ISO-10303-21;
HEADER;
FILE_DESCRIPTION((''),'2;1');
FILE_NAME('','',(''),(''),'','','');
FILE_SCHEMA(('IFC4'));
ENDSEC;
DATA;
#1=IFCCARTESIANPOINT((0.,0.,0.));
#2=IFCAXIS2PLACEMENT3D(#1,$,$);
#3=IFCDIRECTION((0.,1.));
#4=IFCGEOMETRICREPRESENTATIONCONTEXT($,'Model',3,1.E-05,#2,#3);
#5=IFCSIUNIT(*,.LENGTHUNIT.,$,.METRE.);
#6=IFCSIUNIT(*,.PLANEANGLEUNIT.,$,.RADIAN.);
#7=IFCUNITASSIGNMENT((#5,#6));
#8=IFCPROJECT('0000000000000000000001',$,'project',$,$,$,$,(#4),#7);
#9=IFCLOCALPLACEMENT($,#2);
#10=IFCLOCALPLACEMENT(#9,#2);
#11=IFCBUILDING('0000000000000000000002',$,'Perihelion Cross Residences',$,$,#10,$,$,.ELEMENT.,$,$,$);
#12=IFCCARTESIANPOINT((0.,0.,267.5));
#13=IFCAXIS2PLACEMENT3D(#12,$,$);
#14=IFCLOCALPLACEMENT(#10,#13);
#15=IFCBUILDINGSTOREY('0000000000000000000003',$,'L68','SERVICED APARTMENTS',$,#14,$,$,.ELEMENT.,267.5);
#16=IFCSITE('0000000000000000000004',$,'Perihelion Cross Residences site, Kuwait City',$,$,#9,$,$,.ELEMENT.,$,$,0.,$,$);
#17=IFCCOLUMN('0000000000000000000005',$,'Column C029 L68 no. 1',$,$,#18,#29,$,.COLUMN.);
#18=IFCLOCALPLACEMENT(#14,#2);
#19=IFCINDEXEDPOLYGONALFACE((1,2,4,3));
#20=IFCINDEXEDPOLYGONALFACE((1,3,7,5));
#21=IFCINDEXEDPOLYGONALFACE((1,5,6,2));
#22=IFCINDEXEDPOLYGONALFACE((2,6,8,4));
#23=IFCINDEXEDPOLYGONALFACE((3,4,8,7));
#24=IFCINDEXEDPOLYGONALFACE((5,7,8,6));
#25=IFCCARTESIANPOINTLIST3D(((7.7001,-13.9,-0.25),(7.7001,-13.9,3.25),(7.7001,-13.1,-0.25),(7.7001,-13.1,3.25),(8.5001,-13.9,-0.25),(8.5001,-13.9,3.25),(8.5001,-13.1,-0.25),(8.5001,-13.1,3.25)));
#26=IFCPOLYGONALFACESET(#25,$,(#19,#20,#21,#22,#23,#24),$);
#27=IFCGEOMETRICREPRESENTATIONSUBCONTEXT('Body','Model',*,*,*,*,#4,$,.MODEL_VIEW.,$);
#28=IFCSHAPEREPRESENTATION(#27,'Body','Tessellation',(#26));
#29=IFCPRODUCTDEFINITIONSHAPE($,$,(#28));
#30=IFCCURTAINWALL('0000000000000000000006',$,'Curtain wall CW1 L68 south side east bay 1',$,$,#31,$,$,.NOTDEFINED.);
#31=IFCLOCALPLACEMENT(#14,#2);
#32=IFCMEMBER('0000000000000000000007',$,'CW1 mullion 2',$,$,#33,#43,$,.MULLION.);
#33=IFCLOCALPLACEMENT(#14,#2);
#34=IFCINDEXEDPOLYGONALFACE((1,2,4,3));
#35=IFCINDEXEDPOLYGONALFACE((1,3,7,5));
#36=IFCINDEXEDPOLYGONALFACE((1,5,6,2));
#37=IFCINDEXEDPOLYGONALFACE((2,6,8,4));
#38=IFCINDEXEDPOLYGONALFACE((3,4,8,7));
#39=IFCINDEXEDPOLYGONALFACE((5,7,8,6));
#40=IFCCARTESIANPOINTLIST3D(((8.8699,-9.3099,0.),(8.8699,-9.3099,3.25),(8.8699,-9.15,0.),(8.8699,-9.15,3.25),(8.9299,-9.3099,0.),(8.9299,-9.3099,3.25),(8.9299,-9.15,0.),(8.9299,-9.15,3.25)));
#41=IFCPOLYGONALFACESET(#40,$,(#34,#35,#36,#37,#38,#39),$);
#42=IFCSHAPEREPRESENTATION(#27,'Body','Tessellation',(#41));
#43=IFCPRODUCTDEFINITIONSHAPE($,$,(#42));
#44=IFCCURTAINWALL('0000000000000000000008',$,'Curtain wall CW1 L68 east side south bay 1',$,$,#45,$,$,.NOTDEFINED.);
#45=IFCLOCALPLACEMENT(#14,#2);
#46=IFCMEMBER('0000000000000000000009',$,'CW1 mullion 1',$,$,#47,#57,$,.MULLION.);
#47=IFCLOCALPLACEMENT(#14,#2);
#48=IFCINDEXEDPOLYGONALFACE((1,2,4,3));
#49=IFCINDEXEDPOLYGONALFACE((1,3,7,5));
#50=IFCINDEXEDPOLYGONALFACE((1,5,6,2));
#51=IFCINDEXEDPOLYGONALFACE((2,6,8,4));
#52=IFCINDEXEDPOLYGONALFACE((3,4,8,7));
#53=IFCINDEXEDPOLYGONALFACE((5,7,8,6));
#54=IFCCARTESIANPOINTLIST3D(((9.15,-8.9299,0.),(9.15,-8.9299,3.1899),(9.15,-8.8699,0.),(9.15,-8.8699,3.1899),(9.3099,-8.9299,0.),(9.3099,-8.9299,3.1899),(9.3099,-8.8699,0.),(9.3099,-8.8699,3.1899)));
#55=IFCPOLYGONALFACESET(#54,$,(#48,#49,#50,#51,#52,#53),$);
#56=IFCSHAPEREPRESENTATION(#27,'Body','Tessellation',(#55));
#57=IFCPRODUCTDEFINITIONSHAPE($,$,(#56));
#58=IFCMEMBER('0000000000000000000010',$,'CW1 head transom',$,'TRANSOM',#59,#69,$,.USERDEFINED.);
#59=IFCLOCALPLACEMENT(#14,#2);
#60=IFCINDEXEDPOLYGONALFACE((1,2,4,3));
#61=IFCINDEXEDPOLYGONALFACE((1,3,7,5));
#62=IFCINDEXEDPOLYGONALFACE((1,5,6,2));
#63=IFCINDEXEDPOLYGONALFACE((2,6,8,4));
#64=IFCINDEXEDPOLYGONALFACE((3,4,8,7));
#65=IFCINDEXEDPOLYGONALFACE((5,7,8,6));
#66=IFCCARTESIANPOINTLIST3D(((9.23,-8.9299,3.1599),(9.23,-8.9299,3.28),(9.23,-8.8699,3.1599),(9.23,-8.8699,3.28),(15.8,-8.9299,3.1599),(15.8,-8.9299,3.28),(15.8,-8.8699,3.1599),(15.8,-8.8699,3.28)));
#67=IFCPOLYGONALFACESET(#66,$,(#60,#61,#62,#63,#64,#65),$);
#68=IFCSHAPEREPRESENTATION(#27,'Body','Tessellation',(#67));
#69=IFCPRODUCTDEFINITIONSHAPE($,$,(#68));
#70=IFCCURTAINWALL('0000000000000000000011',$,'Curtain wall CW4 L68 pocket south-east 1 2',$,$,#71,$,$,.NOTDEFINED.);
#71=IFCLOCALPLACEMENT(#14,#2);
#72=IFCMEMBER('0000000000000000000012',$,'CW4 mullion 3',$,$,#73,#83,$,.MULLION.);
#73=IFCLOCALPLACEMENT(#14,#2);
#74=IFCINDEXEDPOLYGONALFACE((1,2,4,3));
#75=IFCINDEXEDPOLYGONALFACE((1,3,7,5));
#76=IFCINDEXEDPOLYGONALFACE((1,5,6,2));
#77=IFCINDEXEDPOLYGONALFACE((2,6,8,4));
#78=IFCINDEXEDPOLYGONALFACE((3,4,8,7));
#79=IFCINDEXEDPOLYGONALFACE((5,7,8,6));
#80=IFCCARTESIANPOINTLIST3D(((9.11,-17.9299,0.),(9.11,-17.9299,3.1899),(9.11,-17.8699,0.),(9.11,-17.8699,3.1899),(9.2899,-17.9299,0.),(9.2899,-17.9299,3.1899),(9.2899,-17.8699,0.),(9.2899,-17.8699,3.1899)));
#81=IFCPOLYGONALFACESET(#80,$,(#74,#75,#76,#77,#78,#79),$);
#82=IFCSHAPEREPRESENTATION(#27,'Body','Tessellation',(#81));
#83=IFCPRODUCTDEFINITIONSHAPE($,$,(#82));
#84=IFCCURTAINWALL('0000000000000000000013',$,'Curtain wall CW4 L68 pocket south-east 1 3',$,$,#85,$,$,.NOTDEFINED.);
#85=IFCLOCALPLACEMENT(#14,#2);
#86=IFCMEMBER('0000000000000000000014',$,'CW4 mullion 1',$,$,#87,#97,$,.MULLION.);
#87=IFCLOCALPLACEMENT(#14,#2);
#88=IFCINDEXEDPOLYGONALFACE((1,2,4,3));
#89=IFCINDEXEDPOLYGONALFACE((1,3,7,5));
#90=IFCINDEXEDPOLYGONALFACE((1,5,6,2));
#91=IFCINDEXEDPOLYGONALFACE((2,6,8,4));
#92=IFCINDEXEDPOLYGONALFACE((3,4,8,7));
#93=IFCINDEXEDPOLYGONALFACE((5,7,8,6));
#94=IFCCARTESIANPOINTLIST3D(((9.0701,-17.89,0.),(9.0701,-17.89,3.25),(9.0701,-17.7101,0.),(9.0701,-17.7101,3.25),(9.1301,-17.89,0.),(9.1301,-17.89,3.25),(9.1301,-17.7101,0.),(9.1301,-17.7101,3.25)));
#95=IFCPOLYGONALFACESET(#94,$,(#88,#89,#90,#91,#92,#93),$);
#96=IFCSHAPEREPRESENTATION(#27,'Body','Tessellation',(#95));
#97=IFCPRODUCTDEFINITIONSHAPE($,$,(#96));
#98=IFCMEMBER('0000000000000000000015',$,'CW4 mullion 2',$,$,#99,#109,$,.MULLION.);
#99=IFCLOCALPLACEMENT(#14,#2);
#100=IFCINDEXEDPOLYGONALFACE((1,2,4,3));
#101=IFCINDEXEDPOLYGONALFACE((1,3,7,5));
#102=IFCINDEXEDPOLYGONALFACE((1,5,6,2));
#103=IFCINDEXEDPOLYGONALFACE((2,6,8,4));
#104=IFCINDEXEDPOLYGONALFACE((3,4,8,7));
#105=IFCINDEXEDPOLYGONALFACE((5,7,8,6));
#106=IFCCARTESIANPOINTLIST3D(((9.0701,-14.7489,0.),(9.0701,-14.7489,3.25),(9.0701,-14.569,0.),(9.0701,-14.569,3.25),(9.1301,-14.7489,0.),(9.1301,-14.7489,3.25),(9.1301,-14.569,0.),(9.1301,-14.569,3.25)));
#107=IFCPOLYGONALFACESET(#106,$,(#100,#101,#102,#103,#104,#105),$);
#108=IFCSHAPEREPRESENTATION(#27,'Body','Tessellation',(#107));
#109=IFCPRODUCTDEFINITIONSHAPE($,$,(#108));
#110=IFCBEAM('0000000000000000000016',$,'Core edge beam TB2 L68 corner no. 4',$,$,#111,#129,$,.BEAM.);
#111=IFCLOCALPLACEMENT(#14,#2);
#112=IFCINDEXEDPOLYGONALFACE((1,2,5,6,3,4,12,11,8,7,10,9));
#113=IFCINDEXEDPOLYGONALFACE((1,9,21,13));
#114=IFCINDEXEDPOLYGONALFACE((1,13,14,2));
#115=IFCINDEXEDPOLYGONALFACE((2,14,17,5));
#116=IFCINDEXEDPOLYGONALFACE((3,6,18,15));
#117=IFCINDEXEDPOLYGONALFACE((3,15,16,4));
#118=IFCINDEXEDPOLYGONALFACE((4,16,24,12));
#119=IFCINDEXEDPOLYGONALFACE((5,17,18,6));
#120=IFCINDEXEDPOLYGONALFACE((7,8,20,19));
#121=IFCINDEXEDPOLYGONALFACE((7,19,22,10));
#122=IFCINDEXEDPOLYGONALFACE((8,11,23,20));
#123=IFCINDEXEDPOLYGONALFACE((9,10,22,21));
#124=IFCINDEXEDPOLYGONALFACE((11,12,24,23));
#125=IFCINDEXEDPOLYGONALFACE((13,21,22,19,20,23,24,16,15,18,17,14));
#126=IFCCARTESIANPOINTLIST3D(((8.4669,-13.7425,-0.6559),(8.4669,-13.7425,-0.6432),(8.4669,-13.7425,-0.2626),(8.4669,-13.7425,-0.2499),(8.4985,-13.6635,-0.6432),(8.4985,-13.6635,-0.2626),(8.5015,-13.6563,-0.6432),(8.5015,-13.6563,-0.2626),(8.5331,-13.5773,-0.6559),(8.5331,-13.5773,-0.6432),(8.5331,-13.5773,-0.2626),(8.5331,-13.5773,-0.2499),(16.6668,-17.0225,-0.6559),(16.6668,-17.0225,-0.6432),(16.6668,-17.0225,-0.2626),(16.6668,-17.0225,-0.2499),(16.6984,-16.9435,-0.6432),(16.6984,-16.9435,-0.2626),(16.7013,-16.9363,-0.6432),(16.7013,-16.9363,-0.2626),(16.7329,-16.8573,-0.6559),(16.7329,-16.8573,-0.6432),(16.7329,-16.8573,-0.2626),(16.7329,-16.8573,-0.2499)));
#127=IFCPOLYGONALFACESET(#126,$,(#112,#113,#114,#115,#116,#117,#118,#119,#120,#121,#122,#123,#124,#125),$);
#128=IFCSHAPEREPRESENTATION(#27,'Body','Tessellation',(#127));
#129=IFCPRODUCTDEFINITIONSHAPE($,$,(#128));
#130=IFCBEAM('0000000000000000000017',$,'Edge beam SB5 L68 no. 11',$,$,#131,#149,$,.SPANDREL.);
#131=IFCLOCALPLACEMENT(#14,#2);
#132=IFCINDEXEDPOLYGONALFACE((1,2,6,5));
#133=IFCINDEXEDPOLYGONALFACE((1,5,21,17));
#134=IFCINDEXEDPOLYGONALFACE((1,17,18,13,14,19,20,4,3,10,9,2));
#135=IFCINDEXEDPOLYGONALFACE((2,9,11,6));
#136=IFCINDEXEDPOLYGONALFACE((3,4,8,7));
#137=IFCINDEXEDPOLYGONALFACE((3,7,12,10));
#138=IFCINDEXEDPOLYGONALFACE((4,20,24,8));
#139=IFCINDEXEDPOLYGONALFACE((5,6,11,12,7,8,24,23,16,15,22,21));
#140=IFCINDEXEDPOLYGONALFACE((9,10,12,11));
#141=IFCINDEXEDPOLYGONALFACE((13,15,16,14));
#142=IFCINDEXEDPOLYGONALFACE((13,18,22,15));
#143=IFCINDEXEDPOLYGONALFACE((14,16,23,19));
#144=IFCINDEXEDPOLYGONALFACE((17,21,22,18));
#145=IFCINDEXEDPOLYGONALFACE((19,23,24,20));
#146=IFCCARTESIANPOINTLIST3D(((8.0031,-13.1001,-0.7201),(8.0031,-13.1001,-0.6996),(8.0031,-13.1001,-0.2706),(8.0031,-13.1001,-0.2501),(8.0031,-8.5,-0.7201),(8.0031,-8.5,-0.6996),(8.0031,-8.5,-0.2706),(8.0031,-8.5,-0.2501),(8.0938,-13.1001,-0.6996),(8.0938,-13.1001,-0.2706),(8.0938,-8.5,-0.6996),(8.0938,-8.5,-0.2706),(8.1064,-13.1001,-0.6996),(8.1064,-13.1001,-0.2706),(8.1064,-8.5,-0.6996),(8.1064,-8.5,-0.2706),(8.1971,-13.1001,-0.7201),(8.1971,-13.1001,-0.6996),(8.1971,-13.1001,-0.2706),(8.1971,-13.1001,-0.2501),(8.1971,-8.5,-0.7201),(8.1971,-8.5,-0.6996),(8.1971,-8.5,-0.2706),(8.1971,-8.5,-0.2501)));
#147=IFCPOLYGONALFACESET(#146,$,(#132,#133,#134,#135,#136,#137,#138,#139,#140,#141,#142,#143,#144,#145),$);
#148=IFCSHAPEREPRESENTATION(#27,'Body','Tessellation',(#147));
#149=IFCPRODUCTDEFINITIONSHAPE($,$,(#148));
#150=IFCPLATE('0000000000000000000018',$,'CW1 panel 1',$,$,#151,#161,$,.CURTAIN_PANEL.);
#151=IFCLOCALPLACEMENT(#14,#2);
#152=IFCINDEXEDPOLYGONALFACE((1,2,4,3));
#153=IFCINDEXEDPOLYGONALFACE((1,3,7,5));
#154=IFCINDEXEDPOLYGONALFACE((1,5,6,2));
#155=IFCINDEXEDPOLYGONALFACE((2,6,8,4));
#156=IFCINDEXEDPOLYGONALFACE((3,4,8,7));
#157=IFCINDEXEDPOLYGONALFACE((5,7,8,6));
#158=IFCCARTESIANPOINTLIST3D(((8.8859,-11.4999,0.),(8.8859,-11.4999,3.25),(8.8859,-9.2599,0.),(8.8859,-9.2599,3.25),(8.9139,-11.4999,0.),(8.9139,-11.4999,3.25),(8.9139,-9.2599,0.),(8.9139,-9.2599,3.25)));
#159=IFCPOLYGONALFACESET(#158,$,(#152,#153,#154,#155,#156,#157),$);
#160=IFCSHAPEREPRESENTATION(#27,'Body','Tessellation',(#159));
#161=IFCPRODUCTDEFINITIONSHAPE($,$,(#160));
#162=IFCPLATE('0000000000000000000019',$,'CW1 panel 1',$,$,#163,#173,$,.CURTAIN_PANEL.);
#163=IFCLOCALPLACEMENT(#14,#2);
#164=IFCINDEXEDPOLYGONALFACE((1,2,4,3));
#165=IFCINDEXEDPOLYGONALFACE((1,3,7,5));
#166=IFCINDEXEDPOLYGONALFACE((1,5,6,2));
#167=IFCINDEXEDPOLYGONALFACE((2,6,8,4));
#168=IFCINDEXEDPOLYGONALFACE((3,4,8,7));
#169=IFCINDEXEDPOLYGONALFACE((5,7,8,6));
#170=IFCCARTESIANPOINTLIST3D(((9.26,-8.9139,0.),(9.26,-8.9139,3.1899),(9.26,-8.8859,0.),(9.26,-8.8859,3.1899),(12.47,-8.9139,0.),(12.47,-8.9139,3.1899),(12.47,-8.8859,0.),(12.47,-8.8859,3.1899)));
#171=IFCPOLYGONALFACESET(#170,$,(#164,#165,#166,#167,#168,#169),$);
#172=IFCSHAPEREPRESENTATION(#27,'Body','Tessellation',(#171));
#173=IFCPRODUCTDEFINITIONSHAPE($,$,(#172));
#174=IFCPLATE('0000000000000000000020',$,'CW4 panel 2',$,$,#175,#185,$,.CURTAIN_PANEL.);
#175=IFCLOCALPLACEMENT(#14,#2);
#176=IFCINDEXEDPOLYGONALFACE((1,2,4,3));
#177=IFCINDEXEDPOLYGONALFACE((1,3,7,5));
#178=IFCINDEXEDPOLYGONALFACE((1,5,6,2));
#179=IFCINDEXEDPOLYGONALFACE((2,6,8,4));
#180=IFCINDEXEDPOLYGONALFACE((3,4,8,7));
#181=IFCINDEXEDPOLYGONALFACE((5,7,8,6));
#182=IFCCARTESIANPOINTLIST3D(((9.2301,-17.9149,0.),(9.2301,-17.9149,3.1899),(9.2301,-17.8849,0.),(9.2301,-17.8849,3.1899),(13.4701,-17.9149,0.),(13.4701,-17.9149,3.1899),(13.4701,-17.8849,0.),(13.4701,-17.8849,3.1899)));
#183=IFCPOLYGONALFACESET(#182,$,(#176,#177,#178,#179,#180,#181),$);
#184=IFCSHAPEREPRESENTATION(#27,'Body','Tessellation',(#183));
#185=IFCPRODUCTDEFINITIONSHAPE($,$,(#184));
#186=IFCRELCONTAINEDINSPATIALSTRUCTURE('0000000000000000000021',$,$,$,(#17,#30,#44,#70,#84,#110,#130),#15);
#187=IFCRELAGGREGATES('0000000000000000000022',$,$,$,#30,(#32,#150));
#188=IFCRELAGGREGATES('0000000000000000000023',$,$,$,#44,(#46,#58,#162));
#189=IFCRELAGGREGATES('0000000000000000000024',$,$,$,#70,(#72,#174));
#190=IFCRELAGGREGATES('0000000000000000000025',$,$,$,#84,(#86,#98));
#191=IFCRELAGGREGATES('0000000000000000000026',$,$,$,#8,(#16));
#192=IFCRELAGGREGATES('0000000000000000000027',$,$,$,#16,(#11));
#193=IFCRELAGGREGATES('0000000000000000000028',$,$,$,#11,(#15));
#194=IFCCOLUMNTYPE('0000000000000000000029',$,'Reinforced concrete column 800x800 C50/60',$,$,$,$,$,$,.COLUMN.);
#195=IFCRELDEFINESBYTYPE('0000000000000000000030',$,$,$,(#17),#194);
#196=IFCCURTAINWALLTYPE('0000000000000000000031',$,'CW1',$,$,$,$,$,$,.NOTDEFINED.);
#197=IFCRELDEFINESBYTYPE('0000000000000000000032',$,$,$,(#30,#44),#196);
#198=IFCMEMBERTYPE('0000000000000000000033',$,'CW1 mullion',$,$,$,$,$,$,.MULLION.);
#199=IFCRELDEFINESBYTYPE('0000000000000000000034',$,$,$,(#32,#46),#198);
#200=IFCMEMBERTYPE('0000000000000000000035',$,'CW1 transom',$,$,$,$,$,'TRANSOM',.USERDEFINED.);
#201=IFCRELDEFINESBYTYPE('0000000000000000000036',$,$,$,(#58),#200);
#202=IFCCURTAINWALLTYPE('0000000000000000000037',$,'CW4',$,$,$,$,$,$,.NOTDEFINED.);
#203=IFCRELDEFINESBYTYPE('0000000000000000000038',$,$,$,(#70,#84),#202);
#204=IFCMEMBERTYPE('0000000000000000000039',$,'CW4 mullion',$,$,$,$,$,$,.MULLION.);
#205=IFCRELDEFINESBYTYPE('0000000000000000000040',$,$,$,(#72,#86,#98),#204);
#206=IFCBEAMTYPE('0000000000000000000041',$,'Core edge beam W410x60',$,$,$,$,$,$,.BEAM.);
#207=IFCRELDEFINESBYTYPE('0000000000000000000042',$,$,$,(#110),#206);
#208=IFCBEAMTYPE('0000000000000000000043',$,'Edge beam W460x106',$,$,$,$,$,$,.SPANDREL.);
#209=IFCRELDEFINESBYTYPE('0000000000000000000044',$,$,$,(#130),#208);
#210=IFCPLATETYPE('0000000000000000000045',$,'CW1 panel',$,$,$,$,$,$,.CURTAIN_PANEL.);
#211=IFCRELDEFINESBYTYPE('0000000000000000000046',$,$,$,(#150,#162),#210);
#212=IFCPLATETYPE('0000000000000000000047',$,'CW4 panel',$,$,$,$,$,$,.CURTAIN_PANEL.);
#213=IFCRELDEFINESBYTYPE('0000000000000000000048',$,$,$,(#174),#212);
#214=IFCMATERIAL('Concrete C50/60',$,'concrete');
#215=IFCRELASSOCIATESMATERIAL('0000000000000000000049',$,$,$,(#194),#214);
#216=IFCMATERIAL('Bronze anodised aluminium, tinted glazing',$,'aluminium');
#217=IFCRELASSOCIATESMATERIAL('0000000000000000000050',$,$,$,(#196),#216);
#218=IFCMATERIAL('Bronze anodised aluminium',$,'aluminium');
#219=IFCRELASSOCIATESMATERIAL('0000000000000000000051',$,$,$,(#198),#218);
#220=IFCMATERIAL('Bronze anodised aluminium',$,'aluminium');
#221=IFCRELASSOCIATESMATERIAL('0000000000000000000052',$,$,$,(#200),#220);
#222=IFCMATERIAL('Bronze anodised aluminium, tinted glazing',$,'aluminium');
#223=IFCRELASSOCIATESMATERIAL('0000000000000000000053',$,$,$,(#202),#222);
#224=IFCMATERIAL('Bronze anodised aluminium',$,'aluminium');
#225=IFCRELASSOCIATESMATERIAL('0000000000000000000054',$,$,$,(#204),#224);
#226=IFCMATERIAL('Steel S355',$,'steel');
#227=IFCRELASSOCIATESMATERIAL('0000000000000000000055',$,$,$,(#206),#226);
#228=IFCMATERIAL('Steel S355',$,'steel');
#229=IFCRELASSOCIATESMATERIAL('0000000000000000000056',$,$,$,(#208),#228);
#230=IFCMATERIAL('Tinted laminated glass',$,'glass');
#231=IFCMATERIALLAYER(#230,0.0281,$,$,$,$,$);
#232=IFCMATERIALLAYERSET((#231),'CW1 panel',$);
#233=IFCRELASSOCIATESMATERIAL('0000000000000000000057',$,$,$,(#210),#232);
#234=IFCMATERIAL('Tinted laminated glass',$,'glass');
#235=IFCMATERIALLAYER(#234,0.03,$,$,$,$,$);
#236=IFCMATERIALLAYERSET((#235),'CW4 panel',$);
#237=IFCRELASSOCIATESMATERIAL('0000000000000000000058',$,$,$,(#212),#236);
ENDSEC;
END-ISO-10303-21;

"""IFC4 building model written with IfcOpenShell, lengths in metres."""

from ifc_helpers import new_model, si_unit, direction, frame, origin, origin_2d, place, context, subcontext, project, spatial, rectangle, i_section, extrude, material, layer, layer_set, material_profile, profile_set, type_object, element, aggregate, save


model = new_model("IFC4")

# Units and contexts
model_context = context("Model", 3, precision=1e-05, world=origin(), true_north=direction((0.0, 1.0)))
body_context = subcontext(model_context, "Body", "Model", "MODEL_VIEW")
ifc_project = project(units=[si_unit("LENGTHUNIT", "METRE"), si_unit("PLANEANGLEUNIT", "RADIAN")], contexts=[model_context])

# Site, building, storey
site_placement = place(None, origin())
site = spatial("IfcSite", under=ifc_project, at=site_placement, Name="Perihelion Cross Residences site, Kuwait City", CompositionType="ELEMENT", RefElevation=0.0)
building_placement = place(site_placement, origin())
building = spatial("IfcBuilding", under=site, at=building_placement, Name="Perihelion Cross Residences", CompositionType="ELEMENT")
storey_placement = place(building_placement, frame((0.0, 0.0, 267.5)))
storey = spatial("IfcBuildingStorey", under=building, at=storey_placement, Name="L68", Description="SERVICED APARTMENTS", CompositionType="ELEMENT", Elevation=267.5)

# Column
ifc_material_1 = material(Name="Concrete C50/60", Category="concrete")
ifc_material_profile_1 = material_profile(ifc_material_1, rectangle(XDim=0.8, YDim=0.8, at=origin_2d()), Name="RC 800x800")
ifc_profile_set_1 = profile_set([ifc_material_profile_1], Name="Concrete C50/60")
column_type = type_object("IfcColumnType", Name="Reinforced concrete column 800x800 C50/60", PredefinedType="COLUMN", material=ifc_profile_set_1)
column_placement = place(storey_placement, frame((8.1001, -13.5, -0.25), z_axis=(0.0, 0.0, 1.0), x_axis=(1.0, 0.0, 0.0)))
element("IfcColumn", 1, at=column_placement, inside=storey, type_object=column_type, Name="Column C029 L68 no. 1", PredefinedType="COLUMN", context=body_context, shape_type="SweptSolid", body=[
    extrude(rectangle(XDim=0.8, YDim=0.8, at=origin_2d()), origin(), (0.0, 0.0, 1.0), 3.5),
])

# Curtain wall, member
ifc_material_2 = material(Name="Bronze anodised aluminium, tinted glazing", Category="aluminium")
curtain_wall_type_1 = type_object("IfcCurtainWallType", Name="CW1", PredefinedType="NOTDEFINED", material=ifc_material_2)
curtain_wall_1_placement = place(storey_placement, origin())
curtain_wall_1 = element("IfcCurtainWall", 2, at=curtain_wall_1_placement, inside=storey, type_object=curtain_wall_type_1, Name="Curtain wall CW1 L68 south side east bay 1", PredefinedType="NOTDEFINED")
ifc_material_3 = material(Name="Bronze anodised aluminium", Category="aluminium")
ifc_material_profile_2 = material_profile(ifc_material_3, rectangle(XDim=0.0601, YDim=0.1599, at=origin_2d()), Name="CW1 mullion")
ifc_profile_set_2 = profile_set([ifc_material_profile_2], Name="Bronze anodised aluminium")
member_type_1 = type_object("IfcMemberType", Name="CW1 mullion", PredefinedType="MULLION", material=ifc_profile_set_2)
member_1_placement = place(storey_placement, frame((8.8999, -9.23, 0.0), z_axis=(0.0, 0.0, 1.0), x_axis=(-1.0, 0.0, 0.0)))
member_1 = element("IfcMember", 3, at=member_1_placement, type_object=member_type_1, Name="CW1 mullion 2", PredefinedType="MULLION", context=body_context, shape_type="SweptSolid", body=[
    extrude(rectangle(XDim=0.0601, YDim=0.1599, at=origin_2d()), origin(), (0.0, 0.0, 1.0), 3.25),
])

# Curtain wall, members
curtain_wall_2_placement = place(storey_placement, origin())
curtain_wall_2 = element("IfcCurtainWall", 4, at=curtain_wall_2_placement, inside=storey, type_object=curtain_wall_type_1, Name="Curtain wall CW1 L68 east side south bay 1", PredefinedType="NOTDEFINED")
member_2_placement = place(storey_placement, frame((9.23, -8.8999, 0.0), z_axis=(0.0, 0.0, 1.0), x_axis=(0.0, 1.0, 0.0)))
member_2 = element("IfcMember", 5, at=member_2_placement, type_object=member_type_1, Name="CW1 mullion 1", PredefinedType="MULLION", context=body_context, shape_type="SweptSolid", body=[
    extrude(rectangle(XDim=0.0601, YDim=0.1599, at=origin_2d()), origin(), (0.0, 0.0, 1.0), 3.1899),
])
ifc_material_4 = material(Name="Bronze anodised aluminium", Category="aluminium")
ifc_material_profile_3 = material_profile(ifc_material_4, rectangle(XDim=0.0601, YDim=0.1201, at=origin_2d()), Name="CW1 transom")
ifc_profile_set_3 = profile_set([ifc_material_profile_3], Name="Bronze anodised aluminium")
member_type_2 = type_object("IfcMemberType", Name="CW1 transom", ElementType="TRANSOM", PredefinedType="USERDEFINED", material=ifc_profile_set_3)
member_3_placement = place(storey_placement, frame((9.23, -8.8999, 3.22), z_axis=(1.0, 0.0, 0.0), x_axis=(0.0, 1.0, 0.0)))
member_3 = element("IfcMember", 6, at=member_3_placement, type_object=member_type_2, Name="CW1 head transom", ObjectType="TRANSOM", PredefinedType="USERDEFINED", context=body_context, shape_type="SweptSolid", body=[
    extrude(rectangle(XDim=0.0601, YDim=0.1201, at=origin_2d()), origin(), (0.0, 0.0, 1.0), 6.5701),
])

# Curtain wall, member
ifc_material_5 = material(Name="Bronze anodised aluminium, tinted glazing", Category="aluminium")
curtain_wall_type_2 = type_object("IfcCurtainWallType", Name="CW4", PredefinedType="NOTDEFINED", material=ifc_material_5)
curtain_wall_3_placement = place(storey_placement, origin())
curtain_wall_3 = element("IfcCurtainWall", 7, at=curtain_wall_3_placement, inside=storey, type_object=curtain_wall_type_2, Name="Curtain wall CW4 L68 pocket south-east 1 2", PredefinedType="NOTDEFINED")
ifc_material_6 = material(Name="Bronze anodised aluminium", Category="aluminium")
ifc_material_profile_4 = material_profile(ifc_material_6, rectangle(XDim=0.0601, YDim=0.1799, at=origin_2d()), Name="CW4 mullion")
ifc_profile_set_4 = profile_set([ifc_material_profile_4], Name="Bronze anodised aluminium")
member_type_3 = type_object("IfcMemberType", Name="CW4 mullion", PredefinedType="MULLION", material=ifc_profile_set_4)
member_4_placement = place(storey_placement, frame((9.2, -17.8999, 0.0), z_axis=(0.0, 0.0, 1.0), x_axis=(0.0, -1.0, 0.0)))
member_4 = element("IfcMember", 8, at=member_4_placement, type_object=member_type_3, Name="CW4 mullion 3", PredefinedType="MULLION", context=body_context, shape_type="SweptSolid", body=[
    extrude(rectangle(XDim=0.0601, YDim=0.1799, at=origin_2d()), origin(), (0.0, 0.0, 1.0), 3.1899),
])

# Curtain wall, members
curtain_wall_4_placement = place(storey_placement, origin())
curtain_wall_4 = element("IfcCurtainWall", 9, at=curtain_wall_4_placement, inside=storey, type_object=curtain_wall_type_2, Name="Curtain wall CW4 L68 pocket south-east 1 3", PredefinedType="NOTDEFINED")
member_5_placement = place(storey_placement, frame((9.1001, -17.8, 0.0), z_axis=(0.0, 0.0, 1.0), x_axis=(-1.0, 0.0, 0.0)))
member_5 = element("IfcMember", 10, at=member_5_placement, type_object=member_type_3, Name="CW4 mullion 1", PredefinedType="MULLION", context=body_context, shape_type="SweptSolid", body=[
    extrude(rectangle(XDim=0.0601, YDim=0.1799, at=origin_2d()), origin(), (0.0, 0.0, 1.0), 3.25),
])
member_6_placement = place(storey_placement, frame((9.1001, -14.6589, 0.0), z_axis=(0.0, 0.0, 1.0), x_axis=(-1.0, 0.0, 0.0)))
member_6 = element("IfcMember", 11, at=member_6_placement, type_object=member_type_3, Name="CW4 mullion 2", PredefinedType="MULLION", context=body_context, shape_type="SweptSolid", body=[
    extrude(rectangle(XDim=0.0601, YDim=0.1799, at=origin_2d()), origin(), (0.0, 0.0, 1.0), 3.25),
])

# Beams
ifc_material_7 = material(Name="Steel S355", Category="steel")
ifc_material_profile_5 = material_profile(ifc_material_7, i_section(OverallWidth=0.178, OverallDepth=0.406, WebThickness=0.0078, FlangeThickness=0.0127, at=origin_2d()), Name="W410x60")
ifc_profile_set_5 = profile_set([ifc_material_profile_5], Name="Steel S355")
beam_type_1 = type_object("IfcBeamType", Name="Core edge beam W410x60", PredefinedType="BEAM", material=ifc_profile_set_5)
beam_1_placement = place(storey_placement, frame((8.5, -13.6599, -0.4529), z_axis=(0.928475, -0.371395, 0.0), x_axis=(0.371395, 0.928475, 0.0)))
element("IfcBeam", 12, at=beam_1_placement, inside=storey, type_object=beam_type_1, Name="Core edge beam TB2 L68 corner no. 4", PredefinedType="BEAM", context=body_context, shape_type="SweptSolid", body=[
    extrude(i_section(OverallWidth=0.178, OverallDepth=0.406, WebThickness=0.0078, FlangeThickness=0.0127, at=origin_2d()), origin(), (0.0, 0.0, 1.0), 8.8315),
])
ifc_material_8 = material(Name="Steel S355", Category="steel")
ifc_material_profile_6 = material_profile(ifc_material_8, i_section(OverallWidth=0.1941, OverallDepth=0.47, WebThickness=0.0127, FlangeThickness=0.0205, at=origin_2d()), Name="W460x106")
ifc_profile_set_6 = profile_set([ifc_material_profile_6], Name="Steel S355")
beam_type_2 = type_object("IfcBeamType", Name="Edge beam W460x106", PredefinedType="SPANDREL", material=ifc_profile_set_6)
beam_2_placement = place(storey_placement, frame((8.1001, -13.1001, -0.4851), z_axis=(0.0, 1.0, 0.0), x_axis=(-1.0, 0.0, 0.0)))
element("IfcBeam", 13, at=beam_2_placement, inside=storey, type_object=beam_type_2, Name="Edge beam SB5 L68 no. 11", PredefinedType="SPANDREL", context=body_context, shape_type="SweptSolid", body=[
    extrude(i_section(OverallWidth=0.1941, OverallDepth=0.47, WebThickness=0.0127, FlangeThickness=0.0205, at=origin_2d()), origin(), (0.0, 0.0, 1.0), 4.6001),
])

# Plates
ifc_material_9 = material(Name="Tinted laminated glass", Category="glass")
ifc_layer_1 = layer(ifc_material_9, 0.0281)
ifc_layer_set_1 = layer_set([ifc_layer_1], Name="CW1 panel")
plate_type_1 = type_object("IfcPlateType", Name="CW1 panel", PredefinedType="CURTAIN_PANEL", material=ifc_layer_set_1)
plate_1_placement = place(storey_placement, frame((8.8999, -10.3799, 0.0), z_axis=(0.0, 0.0, 1.0), x_axis=(0.0, 1.0, 0.0)))
plate_1 = element("IfcPlate", 14, at=plate_1_placement, type_object=plate_type_1, Name="CW1 panel 1", PredefinedType="CURTAIN_PANEL", context=body_context, shape_type="SweptSolid", body=[
    extrude(rectangle(XDim=2.24, YDim=0.0281, at=origin_2d()), origin(), (0.0, 0.0, 1.0), 3.25),
])
aggregate(curtain_wall_1, [member_1, plate_1])
plate_2_placement = place(storey_placement, frame((10.865, -8.8999, 0.0), z_axis=(0.0, 0.0, 1.0), x_axis=(1.0, 0.0, 0.0)))
plate_2 = element("IfcPlate", 15, at=plate_2_placement, type_object=plate_type_1, Name="CW1 panel 1", PredefinedType="CURTAIN_PANEL", context=body_context, shape_type="SweptSolid", body=[
    extrude(rectangle(XDim=3.21, YDim=0.0281, at=origin_2d()), origin(), (0.0, 0.0, 1.0), 3.1899),
])
aggregate(curtain_wall_2, [member_2, member_3, plate_2])
ifc_material_10 = material(Name="Tinted laminated glass", Category="glass")
ifc_layer_2 = layer(ifc_material_10, 0.03)
ifc_layer_set_2 = layer_set([ifc_layer_2], Name="CW4 panel")
plate_type_2 = type_object("IfcPlateType", Name="CW4 panel", PredefinedType="CURTAIN_PANEL", material=ifc_layer_set_2)
plate_3_placement = place(storey_placement, frame((11.3501, -17.8999, 0.0), z_axis=(0.0, 0.0, 1.0), x_axis=(-1.0, 0.0, 0.0)))
plate_3 = element("IfcPlate", 16, at=plate_3_placement, type_object=plate_type_2, Name="CW4 panel 2", PredefinedType="CURTAIN_PANEL", context=body_context, shape_type="SweptSolid", body=[
    extrude(rectangle(XDim=4.24, YDim=0.03, at=origin_2d()), origin(), (0.0, 0.0, 1.0), 3.1899),
])
aggregate(curtain_wall_3, [member_4, plate_3])
aggregate(curtain_wall_4, [member_5, member_6])

save(model, "model.ifc")
